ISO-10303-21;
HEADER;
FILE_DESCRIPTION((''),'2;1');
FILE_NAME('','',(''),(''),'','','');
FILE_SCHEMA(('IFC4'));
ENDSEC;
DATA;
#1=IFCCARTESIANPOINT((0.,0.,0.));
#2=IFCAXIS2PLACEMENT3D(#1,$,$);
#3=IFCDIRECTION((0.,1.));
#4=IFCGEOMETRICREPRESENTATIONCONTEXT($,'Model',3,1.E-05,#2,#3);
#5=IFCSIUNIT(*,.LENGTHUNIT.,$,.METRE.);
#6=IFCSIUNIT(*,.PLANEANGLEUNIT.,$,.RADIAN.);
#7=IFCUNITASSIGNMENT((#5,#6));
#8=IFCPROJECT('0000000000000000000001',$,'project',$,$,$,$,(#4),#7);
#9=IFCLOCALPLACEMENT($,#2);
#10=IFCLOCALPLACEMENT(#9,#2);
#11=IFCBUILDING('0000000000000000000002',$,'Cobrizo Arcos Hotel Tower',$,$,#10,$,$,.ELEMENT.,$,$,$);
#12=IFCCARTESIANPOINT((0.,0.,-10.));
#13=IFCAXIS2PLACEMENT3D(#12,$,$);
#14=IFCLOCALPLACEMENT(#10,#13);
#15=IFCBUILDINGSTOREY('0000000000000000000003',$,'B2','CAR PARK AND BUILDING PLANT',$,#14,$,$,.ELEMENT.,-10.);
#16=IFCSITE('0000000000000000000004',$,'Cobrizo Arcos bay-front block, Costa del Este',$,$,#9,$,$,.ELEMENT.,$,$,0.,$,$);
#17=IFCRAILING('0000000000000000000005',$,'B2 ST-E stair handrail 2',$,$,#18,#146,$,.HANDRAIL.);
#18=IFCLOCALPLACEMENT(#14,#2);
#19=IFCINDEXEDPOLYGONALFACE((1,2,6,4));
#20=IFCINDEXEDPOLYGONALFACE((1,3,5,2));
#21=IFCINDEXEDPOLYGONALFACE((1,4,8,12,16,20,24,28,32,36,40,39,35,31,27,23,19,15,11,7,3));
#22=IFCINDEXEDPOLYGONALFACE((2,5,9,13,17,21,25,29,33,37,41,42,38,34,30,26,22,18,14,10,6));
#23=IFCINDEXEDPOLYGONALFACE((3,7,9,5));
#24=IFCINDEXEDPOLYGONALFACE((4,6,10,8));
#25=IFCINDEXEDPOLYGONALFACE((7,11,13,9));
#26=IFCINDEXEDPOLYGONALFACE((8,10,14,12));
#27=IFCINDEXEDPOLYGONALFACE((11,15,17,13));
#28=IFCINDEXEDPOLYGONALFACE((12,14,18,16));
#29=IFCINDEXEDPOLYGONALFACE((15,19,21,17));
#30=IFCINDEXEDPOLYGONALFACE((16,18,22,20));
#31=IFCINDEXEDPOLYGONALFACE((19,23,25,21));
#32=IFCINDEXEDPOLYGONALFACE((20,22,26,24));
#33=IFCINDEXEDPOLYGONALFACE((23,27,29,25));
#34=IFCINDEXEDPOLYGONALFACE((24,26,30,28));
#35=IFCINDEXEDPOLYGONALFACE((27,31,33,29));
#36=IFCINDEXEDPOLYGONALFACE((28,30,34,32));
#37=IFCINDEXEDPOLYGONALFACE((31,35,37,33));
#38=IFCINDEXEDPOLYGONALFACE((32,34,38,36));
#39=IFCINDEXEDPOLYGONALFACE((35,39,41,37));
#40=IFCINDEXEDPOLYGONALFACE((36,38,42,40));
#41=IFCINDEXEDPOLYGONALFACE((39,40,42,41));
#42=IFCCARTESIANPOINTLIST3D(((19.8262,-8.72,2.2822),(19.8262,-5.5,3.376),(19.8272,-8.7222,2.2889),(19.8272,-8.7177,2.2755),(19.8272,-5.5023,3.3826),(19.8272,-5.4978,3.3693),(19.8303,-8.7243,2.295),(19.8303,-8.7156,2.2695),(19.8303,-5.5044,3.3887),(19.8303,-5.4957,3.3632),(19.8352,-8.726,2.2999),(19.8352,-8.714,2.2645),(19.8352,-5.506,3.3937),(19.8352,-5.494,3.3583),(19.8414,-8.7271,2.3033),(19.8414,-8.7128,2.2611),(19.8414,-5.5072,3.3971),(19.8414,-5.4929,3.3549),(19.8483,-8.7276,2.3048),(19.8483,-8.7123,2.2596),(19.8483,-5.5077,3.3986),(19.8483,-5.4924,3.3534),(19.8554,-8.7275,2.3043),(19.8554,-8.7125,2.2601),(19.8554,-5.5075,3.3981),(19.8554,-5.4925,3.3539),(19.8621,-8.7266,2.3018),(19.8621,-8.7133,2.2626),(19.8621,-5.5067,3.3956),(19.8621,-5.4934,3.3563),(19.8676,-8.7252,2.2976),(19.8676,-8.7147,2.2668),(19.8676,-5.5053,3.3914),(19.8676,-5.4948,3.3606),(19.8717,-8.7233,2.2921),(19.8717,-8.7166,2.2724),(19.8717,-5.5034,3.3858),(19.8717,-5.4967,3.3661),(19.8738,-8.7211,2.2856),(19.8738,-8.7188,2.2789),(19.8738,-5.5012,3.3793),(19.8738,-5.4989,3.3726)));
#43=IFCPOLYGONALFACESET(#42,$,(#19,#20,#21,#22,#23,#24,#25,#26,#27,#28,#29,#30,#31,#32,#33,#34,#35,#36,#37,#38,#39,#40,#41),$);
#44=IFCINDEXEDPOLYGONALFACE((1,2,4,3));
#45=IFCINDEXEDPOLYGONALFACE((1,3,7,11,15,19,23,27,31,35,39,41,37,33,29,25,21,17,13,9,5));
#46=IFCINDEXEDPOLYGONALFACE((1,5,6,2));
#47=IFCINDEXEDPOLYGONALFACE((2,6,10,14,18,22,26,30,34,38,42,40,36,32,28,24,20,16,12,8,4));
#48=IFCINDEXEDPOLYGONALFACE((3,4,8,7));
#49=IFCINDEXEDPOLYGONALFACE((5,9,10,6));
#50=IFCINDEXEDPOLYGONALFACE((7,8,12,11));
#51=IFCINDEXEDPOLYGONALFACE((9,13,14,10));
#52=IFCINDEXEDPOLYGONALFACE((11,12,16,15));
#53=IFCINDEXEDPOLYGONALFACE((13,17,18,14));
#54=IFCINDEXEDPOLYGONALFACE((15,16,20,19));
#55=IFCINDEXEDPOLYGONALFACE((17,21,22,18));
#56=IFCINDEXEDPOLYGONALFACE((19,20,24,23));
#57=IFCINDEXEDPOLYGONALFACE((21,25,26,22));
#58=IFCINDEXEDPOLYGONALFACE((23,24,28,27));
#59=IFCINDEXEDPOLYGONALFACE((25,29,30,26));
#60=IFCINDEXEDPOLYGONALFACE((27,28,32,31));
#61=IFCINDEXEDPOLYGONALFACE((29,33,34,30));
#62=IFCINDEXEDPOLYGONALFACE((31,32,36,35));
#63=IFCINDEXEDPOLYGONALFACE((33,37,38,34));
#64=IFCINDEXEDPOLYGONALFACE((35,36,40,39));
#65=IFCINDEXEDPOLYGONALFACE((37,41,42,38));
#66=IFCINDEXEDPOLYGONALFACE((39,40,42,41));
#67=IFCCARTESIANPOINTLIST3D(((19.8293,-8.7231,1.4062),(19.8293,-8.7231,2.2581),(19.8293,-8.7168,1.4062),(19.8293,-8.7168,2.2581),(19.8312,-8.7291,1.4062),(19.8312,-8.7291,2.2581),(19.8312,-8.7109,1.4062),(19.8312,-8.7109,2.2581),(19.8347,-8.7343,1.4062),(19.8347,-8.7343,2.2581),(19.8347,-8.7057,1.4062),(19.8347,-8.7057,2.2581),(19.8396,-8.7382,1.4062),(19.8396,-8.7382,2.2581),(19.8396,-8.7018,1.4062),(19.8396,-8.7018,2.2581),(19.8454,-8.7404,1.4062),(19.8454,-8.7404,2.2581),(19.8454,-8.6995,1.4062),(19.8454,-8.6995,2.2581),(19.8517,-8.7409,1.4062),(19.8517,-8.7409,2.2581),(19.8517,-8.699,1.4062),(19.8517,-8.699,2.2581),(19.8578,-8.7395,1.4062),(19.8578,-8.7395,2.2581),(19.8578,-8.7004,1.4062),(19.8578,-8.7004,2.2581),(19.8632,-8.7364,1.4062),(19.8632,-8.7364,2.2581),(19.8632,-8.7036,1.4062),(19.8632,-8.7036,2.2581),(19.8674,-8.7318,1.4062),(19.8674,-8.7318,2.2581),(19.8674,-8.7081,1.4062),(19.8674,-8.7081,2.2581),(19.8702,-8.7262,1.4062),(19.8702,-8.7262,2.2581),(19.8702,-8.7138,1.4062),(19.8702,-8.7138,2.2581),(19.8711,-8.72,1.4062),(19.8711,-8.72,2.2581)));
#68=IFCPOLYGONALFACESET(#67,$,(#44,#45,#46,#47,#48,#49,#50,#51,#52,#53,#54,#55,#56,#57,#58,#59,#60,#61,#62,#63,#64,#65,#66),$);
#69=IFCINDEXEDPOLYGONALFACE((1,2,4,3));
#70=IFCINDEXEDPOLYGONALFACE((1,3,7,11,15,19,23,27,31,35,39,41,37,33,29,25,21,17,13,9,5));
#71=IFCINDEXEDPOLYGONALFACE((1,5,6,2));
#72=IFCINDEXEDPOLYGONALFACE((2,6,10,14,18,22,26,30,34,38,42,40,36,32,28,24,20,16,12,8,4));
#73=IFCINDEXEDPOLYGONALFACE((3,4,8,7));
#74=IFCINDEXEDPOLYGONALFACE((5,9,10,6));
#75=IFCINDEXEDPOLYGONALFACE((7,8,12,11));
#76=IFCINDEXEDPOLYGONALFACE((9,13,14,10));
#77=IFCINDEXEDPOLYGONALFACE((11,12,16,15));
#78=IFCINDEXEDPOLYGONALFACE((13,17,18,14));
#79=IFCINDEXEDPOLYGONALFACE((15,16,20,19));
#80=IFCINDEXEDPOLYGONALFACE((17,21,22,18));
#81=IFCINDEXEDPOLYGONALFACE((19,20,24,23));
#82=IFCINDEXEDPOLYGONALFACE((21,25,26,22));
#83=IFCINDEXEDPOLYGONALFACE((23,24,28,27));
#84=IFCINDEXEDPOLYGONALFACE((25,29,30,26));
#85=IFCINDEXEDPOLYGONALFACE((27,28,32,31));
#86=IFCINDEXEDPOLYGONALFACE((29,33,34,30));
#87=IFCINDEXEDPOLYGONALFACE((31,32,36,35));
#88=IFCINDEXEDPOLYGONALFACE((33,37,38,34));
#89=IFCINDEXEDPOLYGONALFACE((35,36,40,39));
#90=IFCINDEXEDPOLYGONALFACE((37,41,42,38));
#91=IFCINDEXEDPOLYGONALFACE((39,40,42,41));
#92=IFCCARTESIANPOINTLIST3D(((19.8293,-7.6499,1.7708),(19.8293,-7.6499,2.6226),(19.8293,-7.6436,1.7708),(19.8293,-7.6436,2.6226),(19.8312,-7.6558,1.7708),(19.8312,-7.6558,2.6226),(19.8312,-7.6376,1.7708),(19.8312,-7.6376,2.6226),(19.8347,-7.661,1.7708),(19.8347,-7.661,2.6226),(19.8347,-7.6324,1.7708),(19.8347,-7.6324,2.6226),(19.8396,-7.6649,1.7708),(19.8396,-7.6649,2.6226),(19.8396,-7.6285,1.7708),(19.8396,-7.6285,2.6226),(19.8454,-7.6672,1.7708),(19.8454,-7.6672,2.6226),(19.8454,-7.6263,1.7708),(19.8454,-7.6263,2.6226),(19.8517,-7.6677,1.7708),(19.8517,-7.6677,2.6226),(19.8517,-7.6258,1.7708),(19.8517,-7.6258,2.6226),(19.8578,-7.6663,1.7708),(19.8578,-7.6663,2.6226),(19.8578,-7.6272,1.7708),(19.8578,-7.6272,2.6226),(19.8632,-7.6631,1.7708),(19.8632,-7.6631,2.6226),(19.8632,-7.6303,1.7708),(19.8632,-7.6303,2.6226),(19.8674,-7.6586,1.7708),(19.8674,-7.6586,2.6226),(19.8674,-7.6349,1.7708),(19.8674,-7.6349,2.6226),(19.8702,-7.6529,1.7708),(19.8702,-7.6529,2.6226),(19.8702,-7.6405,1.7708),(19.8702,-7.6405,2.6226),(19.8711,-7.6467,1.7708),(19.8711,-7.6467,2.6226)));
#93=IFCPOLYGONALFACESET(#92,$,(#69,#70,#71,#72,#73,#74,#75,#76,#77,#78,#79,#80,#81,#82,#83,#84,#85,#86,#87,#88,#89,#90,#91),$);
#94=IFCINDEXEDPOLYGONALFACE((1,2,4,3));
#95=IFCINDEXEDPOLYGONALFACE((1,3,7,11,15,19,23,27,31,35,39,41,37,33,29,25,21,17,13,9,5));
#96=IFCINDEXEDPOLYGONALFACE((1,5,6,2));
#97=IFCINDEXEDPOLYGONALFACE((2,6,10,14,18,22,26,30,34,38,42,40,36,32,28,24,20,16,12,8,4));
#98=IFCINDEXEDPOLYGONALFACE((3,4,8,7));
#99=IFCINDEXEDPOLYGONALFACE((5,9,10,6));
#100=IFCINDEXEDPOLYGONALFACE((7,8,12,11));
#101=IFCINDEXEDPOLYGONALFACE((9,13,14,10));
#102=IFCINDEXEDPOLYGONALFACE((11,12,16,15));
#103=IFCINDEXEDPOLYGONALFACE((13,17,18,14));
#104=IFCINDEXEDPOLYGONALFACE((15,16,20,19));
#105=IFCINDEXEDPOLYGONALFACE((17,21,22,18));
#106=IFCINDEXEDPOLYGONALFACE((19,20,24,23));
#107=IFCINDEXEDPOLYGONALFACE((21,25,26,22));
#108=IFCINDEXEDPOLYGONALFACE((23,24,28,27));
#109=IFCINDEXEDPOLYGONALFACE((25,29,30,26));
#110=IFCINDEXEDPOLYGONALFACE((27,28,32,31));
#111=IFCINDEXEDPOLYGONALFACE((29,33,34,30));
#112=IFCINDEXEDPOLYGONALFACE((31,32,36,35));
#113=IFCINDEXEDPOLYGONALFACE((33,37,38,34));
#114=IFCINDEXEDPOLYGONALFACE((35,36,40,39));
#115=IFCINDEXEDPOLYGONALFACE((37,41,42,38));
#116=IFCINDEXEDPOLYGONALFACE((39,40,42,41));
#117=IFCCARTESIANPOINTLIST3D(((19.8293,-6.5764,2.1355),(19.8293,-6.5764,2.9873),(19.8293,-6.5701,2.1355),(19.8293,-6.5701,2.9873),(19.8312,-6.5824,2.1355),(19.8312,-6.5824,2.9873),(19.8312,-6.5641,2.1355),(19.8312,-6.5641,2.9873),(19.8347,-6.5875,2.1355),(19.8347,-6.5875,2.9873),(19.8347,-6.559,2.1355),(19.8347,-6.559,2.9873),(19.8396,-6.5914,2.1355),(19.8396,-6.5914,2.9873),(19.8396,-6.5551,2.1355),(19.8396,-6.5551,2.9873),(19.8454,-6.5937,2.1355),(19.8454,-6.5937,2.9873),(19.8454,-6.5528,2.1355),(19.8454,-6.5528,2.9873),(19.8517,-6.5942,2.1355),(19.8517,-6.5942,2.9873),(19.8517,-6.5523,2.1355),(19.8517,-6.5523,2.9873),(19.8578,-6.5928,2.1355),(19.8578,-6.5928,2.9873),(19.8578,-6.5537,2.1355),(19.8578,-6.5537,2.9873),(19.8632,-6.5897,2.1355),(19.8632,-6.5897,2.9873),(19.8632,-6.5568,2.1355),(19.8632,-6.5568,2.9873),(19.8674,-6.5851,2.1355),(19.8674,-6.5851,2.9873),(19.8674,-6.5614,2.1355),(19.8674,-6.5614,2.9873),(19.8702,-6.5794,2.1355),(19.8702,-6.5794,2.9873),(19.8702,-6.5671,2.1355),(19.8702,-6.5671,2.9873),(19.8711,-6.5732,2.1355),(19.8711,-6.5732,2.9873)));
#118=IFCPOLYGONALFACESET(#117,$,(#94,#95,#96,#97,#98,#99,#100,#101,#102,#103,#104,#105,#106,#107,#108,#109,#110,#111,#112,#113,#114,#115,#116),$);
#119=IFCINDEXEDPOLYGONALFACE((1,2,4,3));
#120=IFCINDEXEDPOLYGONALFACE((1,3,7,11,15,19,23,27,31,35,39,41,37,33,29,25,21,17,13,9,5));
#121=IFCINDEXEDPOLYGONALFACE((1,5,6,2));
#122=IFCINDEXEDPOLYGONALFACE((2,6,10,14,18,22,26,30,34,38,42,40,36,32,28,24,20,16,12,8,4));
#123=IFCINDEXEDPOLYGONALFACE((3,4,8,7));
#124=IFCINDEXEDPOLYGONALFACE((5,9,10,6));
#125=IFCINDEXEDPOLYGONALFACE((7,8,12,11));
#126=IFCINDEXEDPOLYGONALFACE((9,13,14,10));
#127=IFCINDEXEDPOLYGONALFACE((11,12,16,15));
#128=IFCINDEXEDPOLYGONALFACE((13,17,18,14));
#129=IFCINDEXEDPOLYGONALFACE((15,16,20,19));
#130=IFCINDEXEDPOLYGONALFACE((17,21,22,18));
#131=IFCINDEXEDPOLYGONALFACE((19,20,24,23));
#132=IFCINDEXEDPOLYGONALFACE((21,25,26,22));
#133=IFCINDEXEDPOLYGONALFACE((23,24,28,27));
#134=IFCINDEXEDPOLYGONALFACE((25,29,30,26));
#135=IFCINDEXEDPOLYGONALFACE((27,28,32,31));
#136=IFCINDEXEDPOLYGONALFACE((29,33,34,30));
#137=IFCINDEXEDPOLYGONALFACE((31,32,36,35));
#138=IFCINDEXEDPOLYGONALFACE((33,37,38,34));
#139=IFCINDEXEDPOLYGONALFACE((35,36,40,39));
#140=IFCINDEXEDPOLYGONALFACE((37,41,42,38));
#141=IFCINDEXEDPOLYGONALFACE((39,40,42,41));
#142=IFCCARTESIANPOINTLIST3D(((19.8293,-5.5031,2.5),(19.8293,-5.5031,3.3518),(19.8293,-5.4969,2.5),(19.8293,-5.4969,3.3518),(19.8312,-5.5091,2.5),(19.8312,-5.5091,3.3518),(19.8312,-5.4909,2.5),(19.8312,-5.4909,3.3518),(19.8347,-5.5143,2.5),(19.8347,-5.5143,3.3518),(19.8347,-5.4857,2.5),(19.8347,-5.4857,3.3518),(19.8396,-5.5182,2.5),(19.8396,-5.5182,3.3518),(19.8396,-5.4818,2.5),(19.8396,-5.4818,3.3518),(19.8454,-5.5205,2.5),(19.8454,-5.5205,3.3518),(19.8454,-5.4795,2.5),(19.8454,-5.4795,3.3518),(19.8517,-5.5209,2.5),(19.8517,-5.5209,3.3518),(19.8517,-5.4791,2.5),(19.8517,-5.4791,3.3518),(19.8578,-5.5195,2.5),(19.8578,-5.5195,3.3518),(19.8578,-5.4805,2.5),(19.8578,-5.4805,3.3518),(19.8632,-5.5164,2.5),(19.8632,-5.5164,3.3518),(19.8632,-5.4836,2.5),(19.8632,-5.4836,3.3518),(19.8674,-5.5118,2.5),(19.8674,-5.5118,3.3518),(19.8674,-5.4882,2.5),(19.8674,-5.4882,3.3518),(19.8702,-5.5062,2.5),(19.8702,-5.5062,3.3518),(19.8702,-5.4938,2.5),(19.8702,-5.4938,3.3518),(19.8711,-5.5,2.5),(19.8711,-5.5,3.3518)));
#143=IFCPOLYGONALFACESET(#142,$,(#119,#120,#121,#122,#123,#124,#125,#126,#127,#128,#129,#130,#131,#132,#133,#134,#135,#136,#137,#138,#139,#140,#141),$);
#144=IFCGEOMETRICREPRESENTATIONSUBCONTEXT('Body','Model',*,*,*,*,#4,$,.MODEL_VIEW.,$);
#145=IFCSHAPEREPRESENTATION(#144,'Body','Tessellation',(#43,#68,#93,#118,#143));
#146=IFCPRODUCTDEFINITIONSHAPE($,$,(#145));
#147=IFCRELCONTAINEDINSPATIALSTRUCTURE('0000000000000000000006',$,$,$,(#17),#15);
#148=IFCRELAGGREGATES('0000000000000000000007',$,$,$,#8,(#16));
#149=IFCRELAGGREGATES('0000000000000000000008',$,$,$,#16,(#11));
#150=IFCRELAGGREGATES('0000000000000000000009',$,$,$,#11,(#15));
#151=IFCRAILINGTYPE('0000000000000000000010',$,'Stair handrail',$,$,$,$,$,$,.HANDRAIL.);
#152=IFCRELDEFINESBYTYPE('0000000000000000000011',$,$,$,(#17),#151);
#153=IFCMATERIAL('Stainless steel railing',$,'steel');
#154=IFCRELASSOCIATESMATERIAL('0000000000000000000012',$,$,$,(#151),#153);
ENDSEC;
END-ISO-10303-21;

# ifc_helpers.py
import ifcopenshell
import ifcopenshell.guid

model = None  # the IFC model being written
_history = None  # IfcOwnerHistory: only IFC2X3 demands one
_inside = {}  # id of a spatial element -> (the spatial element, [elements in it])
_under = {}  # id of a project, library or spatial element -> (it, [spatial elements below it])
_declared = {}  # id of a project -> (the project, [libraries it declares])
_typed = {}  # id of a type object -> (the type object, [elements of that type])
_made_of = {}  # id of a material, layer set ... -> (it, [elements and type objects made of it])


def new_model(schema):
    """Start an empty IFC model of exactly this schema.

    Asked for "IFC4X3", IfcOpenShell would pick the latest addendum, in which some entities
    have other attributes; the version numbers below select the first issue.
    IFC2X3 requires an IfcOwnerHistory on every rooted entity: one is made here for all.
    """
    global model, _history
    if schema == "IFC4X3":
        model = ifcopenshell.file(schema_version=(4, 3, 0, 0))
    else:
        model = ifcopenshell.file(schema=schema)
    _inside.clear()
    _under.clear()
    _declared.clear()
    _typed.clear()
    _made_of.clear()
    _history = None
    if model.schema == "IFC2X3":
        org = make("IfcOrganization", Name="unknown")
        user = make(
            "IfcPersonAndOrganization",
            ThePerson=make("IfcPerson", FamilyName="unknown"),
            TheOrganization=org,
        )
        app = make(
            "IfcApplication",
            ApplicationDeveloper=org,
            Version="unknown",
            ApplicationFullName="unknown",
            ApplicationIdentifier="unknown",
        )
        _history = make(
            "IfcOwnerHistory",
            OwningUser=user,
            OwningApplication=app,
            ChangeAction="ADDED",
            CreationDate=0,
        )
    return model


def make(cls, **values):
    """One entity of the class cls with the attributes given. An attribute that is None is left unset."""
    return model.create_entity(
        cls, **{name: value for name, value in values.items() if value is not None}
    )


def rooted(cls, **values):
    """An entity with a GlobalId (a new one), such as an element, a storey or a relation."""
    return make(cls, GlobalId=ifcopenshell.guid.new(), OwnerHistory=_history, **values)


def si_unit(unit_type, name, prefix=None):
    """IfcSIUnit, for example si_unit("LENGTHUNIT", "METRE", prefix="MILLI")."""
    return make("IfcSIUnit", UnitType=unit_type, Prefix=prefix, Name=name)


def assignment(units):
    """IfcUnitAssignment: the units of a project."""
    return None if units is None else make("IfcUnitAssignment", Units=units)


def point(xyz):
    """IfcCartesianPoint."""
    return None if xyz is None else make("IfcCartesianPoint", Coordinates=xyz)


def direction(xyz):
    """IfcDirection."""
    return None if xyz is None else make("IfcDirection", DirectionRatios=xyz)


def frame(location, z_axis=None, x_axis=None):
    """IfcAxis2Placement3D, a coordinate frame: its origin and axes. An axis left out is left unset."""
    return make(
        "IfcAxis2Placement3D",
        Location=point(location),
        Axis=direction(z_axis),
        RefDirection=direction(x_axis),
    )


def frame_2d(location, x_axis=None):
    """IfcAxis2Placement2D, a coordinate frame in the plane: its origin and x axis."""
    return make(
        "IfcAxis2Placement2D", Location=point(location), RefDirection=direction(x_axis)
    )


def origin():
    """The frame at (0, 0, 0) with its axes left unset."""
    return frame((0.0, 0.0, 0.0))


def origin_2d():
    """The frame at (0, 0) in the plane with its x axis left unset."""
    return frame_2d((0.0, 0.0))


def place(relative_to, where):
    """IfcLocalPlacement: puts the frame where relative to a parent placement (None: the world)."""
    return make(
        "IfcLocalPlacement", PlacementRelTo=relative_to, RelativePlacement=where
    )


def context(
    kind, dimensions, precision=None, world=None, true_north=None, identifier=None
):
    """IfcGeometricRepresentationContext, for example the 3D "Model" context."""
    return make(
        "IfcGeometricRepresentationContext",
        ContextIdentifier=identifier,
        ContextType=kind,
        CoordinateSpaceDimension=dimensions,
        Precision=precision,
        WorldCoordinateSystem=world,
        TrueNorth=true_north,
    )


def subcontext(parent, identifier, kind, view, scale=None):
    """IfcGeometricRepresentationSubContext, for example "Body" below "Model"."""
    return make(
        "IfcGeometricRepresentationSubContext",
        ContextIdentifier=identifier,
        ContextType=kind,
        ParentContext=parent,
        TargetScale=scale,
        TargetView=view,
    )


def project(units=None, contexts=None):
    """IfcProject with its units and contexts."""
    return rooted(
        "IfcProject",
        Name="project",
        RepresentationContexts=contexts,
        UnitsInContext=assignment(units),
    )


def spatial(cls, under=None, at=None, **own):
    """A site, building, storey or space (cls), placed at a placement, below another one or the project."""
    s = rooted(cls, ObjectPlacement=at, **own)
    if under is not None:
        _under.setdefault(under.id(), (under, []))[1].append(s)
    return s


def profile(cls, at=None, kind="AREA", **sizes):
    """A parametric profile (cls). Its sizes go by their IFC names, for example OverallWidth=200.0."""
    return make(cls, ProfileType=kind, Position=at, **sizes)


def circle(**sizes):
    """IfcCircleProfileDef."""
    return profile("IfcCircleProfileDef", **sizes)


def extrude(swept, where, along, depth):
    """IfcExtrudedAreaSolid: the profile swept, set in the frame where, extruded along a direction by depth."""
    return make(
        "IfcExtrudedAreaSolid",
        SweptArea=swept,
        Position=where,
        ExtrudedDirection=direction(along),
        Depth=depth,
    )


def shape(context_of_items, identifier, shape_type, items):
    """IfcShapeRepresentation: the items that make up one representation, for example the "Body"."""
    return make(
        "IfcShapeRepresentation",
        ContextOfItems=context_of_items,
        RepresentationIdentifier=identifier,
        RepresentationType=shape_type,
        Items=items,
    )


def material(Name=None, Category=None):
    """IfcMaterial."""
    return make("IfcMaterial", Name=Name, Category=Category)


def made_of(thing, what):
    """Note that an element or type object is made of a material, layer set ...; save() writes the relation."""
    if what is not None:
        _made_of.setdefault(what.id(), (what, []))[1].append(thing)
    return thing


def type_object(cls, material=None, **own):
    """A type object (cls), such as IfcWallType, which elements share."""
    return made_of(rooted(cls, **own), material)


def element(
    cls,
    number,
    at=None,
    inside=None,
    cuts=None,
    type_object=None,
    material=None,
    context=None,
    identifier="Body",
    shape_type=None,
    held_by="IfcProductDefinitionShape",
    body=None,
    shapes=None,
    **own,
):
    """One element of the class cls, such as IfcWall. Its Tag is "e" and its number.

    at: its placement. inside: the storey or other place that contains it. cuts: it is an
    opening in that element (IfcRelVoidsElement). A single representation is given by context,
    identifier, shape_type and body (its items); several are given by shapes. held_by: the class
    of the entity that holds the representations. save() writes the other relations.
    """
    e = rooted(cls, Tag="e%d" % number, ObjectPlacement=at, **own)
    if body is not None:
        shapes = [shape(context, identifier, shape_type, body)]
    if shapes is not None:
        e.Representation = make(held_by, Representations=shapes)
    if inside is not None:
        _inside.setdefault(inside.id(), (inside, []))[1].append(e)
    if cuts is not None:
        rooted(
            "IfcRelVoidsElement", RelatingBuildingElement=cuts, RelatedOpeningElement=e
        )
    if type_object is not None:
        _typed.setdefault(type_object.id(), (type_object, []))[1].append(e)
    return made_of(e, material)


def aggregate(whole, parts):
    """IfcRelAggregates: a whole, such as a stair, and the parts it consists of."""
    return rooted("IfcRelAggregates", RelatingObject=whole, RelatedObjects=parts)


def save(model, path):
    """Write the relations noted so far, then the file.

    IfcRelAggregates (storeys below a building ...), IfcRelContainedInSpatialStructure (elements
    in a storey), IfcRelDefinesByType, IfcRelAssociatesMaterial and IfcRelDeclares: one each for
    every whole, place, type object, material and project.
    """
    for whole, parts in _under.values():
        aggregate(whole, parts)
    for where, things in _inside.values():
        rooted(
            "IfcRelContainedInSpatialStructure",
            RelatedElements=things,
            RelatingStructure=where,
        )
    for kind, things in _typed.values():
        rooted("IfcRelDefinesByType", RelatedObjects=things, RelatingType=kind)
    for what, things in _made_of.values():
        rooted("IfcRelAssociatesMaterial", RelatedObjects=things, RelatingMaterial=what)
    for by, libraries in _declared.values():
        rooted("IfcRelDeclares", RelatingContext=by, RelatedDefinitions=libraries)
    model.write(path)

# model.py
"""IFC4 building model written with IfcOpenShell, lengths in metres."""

from ifc_helpers import new_model, si_unit, direction, frame, origin, origin_2d, place, context, subcontext, project, spatial, circle, extrude, material, type_object, element, save


model = new_model("IFC4")

# Units and contexts
model_context = context("Model", 3, precision=1e-05, world=origin(), true_north=direction((0.0, 1.0)))
body_context = subcontext(model_context, "Body", "Model", "MODEL_VIEW")
ifc_project = project(units=[si_unit("LENGTHUNIT", "METRE"), si_unit("PLANEANGLEUNIT", "RADIAN")], contexts=[model_context])

# Site, building, storey
site_placement = place(None, origin())
site = spatial("IfcSite", under=ifc_project, at=site_placement, Name="Cobrizo Arcos bay-front block, Costa del Este", CompositionType="ELEMENT", RefElevation=0.0)
building_placement = place(site_placement, origin())
building = spatial("IfcBuilding", under=site, at=building_placement, Name="Cobrizo Arcos Hotel Tower", CompositionType="ELEMENT")
storey_placement = place(building_placement, frame((0.0, 0.0, -10.0)))
storey = spatial("IfcBuildingStorey", under=building, at=storey_placement, Name="B2", Description="CAR PARK AND BUILDING PLANT", CompositionType="ELEMENT", Elevation=-10.0)

# Railing
ifc_material_1 = material(Name="Stainless steel railing", Category="steel")
railing_type_1 = type_object("IfcRailingType", Name="Stair handrail", PredefinedType="HANDRAIL", material=ifc_material_1)
railing_1_placement = place(storey_placement, frame((19.8501, -8.72, 1.4062)))
element("IfcRailing", 1, at=railing_1_placement, inside=storey, type_object=railing_type_1, Name="B2 ST-E stair handrail 2", PredefinedType="HANDRAIL", context=body_context, shape_type="SweptSolid", body=[
    extrude(circle(Radius=0.0239, at=origin_2d()), frame((0.0, 0.0, 0.876), z_axis=(0.0, 0.946866, 0.321629), x_axis=(-1.0, 0.0, 0.0)), (0.0, 0.0, 1.0), 3.4006),
    extrude(circle(Radius=0.021, at=origin_2d()), origin(), (0.0, 0.0, 1.0), 0.8518),
    extrude(circle(Radius=0.021, at=origin_2d()), frame((0.0, 1.0732, 0.3645)), (0.0, 0.0, 1.0), 0.8518),
    extrude(circle(Radius=0.021, at=origin_2d()), frame((0.0, 2.1467, 0.7292)), (0.0, 0.0, 1.0), 0.8518),
    extrude(circle(Radius=0.021, at=origin_2d()), frame((0.0, 3.22, 1.0938)), (0.0, 0.0, 1.0), 0.8518),
])

save(model, "model.ifc")
